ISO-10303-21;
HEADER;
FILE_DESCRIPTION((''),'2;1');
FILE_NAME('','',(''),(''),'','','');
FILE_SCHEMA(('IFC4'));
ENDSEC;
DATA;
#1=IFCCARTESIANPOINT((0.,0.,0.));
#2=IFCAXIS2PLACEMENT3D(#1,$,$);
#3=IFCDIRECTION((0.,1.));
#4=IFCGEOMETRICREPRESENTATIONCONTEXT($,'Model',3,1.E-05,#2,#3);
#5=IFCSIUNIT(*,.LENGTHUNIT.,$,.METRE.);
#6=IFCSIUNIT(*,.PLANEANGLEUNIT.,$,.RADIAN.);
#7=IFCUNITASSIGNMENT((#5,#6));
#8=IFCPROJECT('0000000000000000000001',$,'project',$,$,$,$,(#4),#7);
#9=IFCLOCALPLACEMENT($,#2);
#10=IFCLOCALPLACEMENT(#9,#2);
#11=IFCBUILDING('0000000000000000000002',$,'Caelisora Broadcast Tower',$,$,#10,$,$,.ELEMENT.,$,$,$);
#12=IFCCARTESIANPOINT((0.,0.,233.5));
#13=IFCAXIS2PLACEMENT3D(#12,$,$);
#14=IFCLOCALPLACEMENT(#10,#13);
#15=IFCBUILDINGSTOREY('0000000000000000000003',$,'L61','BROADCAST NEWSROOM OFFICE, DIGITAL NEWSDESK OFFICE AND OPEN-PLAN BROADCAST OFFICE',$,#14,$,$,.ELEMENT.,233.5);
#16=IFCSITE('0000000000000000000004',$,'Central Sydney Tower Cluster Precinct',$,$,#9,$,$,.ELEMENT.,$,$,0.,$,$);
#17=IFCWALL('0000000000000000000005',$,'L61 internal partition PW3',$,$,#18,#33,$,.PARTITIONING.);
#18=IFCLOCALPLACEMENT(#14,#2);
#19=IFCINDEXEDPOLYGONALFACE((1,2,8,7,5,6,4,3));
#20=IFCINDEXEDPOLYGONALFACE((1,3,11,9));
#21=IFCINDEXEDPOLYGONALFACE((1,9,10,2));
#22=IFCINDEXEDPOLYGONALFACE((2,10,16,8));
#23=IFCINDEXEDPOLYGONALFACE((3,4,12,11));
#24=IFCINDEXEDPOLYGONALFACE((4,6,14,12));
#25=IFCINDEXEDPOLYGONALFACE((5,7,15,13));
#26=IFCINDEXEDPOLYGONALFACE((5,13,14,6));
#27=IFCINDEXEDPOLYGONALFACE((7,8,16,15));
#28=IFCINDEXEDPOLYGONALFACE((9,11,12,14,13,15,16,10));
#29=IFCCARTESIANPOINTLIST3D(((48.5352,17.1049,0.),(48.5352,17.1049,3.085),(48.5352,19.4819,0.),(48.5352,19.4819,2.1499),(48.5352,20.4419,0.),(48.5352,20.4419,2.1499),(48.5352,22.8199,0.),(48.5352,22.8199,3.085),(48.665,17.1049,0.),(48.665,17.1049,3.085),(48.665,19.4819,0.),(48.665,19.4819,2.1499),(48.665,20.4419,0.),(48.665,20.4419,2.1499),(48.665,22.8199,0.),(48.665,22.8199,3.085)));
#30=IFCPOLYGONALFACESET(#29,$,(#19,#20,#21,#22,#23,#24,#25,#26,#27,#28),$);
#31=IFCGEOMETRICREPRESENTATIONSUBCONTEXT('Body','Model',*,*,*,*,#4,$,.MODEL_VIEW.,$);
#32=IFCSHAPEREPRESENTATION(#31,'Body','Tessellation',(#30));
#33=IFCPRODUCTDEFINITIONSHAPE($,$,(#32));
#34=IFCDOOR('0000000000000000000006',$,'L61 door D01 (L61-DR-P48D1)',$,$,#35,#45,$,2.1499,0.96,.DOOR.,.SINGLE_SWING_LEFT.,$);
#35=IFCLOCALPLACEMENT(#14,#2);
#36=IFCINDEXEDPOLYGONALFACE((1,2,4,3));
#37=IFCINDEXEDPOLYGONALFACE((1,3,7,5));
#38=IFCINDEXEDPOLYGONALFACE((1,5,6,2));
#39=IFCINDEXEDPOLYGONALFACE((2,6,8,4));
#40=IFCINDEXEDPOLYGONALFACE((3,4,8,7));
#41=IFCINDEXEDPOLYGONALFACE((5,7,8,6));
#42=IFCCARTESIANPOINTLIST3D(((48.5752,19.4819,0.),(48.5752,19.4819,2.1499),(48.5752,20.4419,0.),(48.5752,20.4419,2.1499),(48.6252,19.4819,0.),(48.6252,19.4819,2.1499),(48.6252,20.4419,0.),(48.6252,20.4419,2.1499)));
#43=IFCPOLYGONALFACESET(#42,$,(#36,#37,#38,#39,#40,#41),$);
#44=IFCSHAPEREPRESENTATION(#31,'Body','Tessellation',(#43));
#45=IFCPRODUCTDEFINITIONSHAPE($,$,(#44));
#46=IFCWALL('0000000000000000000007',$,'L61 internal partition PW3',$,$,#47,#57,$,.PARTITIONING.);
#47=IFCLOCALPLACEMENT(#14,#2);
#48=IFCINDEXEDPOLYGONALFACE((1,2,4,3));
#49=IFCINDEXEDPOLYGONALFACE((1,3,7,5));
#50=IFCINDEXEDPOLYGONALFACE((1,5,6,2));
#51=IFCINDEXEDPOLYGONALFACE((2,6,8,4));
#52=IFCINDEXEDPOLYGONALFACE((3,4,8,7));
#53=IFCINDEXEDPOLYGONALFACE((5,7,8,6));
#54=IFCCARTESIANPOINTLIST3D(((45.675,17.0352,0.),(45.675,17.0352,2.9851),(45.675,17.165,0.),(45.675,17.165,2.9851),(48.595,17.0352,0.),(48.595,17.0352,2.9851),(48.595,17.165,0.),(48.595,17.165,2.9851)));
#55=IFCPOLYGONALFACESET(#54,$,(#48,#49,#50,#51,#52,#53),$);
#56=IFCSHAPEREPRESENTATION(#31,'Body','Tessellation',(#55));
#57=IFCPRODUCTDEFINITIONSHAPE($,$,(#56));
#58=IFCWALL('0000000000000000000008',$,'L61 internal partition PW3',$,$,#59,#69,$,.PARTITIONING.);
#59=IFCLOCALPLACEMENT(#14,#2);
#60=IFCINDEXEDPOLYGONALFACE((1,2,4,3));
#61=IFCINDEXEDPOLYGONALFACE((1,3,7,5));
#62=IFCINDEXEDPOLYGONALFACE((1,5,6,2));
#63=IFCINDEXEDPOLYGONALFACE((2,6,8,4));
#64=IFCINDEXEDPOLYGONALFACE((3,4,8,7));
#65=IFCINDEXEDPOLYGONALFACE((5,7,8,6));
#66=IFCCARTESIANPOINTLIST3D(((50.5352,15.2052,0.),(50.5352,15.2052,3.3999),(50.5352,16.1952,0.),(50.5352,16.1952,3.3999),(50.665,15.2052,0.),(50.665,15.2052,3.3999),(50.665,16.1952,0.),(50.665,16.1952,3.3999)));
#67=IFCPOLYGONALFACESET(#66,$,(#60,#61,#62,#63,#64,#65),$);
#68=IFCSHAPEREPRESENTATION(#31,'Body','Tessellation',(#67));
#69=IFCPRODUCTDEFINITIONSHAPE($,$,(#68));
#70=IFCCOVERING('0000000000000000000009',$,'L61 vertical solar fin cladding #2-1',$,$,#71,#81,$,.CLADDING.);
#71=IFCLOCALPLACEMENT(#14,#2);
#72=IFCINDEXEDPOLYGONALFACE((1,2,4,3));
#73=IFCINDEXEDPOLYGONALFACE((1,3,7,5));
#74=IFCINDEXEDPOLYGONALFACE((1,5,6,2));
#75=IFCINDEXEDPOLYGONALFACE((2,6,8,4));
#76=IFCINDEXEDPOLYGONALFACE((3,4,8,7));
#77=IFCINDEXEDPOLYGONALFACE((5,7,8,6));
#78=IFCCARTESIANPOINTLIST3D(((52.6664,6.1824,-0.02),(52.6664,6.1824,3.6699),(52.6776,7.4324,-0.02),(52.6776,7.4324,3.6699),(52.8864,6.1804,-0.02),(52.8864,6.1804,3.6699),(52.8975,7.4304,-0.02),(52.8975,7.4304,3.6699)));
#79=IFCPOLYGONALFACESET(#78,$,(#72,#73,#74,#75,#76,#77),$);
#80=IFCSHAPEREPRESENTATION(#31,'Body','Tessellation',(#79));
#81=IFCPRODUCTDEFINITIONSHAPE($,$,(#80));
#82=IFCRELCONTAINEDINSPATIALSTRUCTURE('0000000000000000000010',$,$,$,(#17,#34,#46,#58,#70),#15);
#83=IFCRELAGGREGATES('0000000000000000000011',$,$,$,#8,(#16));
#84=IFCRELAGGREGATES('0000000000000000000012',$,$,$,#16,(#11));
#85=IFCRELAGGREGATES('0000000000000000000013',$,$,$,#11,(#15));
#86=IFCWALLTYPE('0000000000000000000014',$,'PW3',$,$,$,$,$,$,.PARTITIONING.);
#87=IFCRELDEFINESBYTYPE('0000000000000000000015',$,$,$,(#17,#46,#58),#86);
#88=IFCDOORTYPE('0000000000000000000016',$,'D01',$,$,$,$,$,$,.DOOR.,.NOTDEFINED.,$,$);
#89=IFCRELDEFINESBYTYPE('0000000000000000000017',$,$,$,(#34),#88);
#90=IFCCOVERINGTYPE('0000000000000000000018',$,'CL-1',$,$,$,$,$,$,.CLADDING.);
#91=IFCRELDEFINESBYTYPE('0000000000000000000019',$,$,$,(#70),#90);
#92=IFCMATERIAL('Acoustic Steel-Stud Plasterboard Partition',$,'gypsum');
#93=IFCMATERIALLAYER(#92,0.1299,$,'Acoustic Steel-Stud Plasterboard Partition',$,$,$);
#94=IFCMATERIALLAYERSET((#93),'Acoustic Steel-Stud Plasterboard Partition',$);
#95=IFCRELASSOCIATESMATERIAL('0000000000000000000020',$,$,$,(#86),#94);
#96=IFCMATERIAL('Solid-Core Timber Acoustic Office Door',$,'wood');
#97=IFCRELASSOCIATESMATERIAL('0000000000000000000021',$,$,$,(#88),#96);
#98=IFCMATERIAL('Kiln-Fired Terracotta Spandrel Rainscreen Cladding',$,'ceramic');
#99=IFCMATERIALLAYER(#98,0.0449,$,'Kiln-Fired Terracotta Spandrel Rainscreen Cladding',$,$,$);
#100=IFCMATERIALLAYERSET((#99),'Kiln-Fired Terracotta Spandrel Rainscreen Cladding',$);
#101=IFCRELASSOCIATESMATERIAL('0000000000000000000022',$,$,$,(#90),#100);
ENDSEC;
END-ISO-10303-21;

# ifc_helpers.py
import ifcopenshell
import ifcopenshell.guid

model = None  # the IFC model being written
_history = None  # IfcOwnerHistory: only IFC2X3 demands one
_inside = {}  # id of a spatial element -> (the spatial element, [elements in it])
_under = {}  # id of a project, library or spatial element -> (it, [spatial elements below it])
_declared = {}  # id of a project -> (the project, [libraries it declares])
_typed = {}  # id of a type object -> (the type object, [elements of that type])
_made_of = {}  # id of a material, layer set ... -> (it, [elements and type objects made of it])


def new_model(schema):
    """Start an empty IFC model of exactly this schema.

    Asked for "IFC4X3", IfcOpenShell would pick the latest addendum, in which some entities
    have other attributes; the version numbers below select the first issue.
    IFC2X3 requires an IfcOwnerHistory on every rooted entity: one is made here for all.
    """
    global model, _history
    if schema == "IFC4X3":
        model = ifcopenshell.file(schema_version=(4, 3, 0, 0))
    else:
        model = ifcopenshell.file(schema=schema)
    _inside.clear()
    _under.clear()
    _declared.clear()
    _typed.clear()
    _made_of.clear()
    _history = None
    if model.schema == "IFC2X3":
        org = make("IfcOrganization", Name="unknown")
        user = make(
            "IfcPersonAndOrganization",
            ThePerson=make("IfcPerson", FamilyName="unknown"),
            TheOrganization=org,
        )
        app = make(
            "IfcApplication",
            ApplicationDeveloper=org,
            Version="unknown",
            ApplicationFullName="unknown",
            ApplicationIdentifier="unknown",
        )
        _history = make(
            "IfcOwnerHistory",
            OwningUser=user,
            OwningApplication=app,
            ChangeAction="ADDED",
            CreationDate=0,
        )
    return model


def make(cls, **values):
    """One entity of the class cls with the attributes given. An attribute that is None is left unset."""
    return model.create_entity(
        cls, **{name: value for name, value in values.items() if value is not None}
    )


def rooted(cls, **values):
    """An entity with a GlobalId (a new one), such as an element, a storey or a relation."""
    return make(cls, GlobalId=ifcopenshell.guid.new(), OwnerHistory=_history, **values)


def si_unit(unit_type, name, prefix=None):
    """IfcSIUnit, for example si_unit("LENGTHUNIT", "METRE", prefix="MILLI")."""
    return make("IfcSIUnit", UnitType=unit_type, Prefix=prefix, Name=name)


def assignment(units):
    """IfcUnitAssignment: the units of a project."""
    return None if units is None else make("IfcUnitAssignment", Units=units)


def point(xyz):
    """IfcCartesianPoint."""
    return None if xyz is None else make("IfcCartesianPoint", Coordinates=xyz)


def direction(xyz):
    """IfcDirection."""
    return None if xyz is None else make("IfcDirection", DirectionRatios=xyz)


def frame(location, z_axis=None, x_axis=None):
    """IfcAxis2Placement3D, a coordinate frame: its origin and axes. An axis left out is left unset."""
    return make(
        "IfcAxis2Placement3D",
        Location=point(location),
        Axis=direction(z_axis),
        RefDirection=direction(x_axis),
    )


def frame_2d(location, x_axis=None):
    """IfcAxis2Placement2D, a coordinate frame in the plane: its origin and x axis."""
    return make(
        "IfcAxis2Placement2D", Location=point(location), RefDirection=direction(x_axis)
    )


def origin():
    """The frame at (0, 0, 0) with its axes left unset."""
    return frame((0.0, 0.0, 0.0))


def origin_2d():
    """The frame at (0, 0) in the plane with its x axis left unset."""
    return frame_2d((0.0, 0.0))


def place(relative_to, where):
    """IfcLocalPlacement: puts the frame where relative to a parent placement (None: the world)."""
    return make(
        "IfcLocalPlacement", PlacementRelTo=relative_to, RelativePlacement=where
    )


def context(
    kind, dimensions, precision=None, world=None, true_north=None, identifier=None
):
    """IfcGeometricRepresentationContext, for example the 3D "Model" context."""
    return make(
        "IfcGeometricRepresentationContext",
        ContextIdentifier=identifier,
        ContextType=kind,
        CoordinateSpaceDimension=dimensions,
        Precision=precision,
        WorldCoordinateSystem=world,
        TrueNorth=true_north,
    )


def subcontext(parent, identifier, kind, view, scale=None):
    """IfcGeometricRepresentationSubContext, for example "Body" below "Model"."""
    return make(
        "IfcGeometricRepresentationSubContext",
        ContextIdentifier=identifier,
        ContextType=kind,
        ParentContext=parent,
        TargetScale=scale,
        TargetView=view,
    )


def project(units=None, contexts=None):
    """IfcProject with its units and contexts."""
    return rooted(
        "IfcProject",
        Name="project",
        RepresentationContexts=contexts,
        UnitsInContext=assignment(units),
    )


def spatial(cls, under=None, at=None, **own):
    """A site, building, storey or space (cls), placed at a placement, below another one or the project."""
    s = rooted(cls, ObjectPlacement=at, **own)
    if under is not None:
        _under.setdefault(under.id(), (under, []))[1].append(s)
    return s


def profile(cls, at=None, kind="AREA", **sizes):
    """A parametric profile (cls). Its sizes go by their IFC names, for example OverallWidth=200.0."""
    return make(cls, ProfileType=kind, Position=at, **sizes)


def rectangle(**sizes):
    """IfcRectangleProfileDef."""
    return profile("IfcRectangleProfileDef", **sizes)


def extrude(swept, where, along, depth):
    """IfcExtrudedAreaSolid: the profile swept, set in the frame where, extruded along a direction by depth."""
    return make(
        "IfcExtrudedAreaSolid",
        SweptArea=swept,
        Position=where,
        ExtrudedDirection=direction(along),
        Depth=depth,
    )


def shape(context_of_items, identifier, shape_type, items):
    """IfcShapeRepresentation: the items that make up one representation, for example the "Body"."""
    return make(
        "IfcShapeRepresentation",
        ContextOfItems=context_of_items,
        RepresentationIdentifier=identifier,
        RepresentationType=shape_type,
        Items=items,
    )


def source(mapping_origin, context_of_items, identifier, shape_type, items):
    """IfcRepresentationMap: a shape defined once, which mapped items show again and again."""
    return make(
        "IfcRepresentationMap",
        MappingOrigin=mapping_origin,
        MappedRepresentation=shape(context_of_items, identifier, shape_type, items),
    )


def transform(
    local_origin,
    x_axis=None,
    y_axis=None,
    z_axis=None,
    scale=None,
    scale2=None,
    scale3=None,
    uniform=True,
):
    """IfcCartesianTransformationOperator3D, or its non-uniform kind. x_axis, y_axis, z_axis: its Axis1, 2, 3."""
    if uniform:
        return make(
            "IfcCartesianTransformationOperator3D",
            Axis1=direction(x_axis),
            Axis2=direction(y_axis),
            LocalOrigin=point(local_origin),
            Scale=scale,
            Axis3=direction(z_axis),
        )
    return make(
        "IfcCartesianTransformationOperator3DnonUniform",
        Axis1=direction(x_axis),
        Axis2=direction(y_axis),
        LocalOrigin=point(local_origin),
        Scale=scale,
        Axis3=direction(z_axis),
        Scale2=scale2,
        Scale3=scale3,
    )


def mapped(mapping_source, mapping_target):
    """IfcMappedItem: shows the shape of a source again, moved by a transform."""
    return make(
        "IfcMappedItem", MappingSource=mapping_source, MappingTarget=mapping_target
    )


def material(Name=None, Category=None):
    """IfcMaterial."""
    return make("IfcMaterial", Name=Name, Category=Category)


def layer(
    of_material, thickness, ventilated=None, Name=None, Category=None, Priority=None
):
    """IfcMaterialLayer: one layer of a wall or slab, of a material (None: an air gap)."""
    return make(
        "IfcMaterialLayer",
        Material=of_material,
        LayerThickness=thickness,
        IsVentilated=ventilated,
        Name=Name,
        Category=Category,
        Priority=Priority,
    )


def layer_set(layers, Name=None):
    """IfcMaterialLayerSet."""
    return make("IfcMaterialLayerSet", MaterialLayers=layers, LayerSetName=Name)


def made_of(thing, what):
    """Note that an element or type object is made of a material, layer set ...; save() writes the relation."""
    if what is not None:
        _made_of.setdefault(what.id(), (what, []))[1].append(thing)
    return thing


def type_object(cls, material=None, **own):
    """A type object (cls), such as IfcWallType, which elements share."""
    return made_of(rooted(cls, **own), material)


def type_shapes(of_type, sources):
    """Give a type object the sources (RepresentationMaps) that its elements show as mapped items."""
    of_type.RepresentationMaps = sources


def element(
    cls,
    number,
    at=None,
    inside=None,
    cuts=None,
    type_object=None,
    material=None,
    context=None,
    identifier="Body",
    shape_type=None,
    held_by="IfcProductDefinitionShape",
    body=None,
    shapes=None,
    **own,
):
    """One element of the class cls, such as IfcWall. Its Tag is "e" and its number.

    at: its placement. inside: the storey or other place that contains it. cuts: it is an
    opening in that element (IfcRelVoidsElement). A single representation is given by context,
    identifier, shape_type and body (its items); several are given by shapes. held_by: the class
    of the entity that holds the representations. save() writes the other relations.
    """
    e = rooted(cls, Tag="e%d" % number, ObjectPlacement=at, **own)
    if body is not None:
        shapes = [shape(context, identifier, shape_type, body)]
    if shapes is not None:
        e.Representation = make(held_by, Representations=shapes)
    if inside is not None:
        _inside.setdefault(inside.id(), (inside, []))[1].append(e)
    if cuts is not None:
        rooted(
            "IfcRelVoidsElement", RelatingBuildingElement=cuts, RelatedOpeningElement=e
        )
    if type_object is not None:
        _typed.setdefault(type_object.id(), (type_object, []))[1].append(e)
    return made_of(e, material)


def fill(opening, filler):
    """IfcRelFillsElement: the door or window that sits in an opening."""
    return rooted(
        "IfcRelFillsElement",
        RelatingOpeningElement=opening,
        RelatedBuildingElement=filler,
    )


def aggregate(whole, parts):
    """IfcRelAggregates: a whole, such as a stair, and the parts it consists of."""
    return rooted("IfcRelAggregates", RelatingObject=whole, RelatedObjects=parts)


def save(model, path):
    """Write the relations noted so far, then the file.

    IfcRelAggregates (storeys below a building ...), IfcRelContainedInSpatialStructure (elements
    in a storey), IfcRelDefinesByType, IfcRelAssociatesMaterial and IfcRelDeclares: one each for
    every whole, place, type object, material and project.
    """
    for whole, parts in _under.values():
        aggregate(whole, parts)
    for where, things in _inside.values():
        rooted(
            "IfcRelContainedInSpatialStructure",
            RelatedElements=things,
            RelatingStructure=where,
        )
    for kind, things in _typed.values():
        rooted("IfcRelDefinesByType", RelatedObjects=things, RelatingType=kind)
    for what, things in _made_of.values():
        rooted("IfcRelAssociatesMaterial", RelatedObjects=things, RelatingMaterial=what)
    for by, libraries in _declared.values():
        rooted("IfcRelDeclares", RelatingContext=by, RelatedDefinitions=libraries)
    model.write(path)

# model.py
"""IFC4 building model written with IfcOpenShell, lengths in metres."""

from ifc_helpers import new_model, si_unit, direction, frame, frame_2d, origin, origin_2d, place, context, subcontext, project, spatial, rectangle, extrude, source, transform, mapped, material, layer, layer_set, type_object, type_shapes, element, fill, save


model = new_model("IFC4")

# Units and contexts
model_context = context("Model", 3, precision=1e-05, world=origin(), true_north=direction((0.0, 1.0)))
body_context = subcontext(model_context, "Body", "Model", "MODEL_VIEW")
ifc_project = project(units=[si_unit("LENGTHUNIT", "METRE"), si_unit("PLANEANGLEUNIT", "RADIAN")], contexts=[model_context])

# Site, building, storey
site_placement = place(None, origin())
site = spatial("IfcSite", under=ifc_project, at=site_placement, Name="Central Sydney Tower Cluster Precinct", CompositionType="ELEMENT", RefElevation=0.0)
building_placement = place(site_placement, origin())
building = spatial("IfcBuilding", under=site, at=building_placement, Name="Caelisora Broadcast Tower", CompositionType="ELEMENT")
storey_placement = place(building_placement, frame((0.0, 0.0, 233.5)))
storey = spatial("IfcBuildingStorey", under=building, at=storey_placement, Name="L61", Description="BROADCAST NEWSROOM OFFICE, DIGITAL NEWSDESK OFFICE AND OPEN-PLAN BROADCAST OFFICE", CompositionType="ELEMENT", Elevation=233.5)

# Shared definitions
ifc_material_1 = material(Name="Acoustic Steel-Stud Plasterboard Partition", Category="gypsum")
ifc_layer_1 = layer(ifc_material_1, 0.1299, Name="Acoustic Steel-Stud Plasterboard Partition")
ifc_layer_set_1 = layer_set([ifc_layer_1], Name="Acoustic Steel-Stud Plasterboard Partition")
wall_type = type_object("IfcWallType", Name="PW3", PredefinedType="PARTITIONING", material=ifc_layer_set_1)

# Wall, opening, door
ifc_material_2 = material(Name="Solid-Core Timber Acoustic Office Door", Category="wood")
door_type = type_object("IfcDoorType", Name="D01", OperationType="NOTDEFINED", PredefinedType="DOOR", material=ifc_material_2)
wall_1_placement = place(storey_placement, frame((48.6001, 17.105, 0.0), z_axis=(0.0, 0.0, 1.0), x_axis=(0.0, 1.0, 0.0)))
wall_1 = element("IfcWall", 1, at=wall_1_placement, inside=storey, type_object=wall_type, Name="L61 internal partition PW3", PredefinedType="PARTITIONING", context=body_context, shape_type="SweptSolid", body=[
    extrude(rectangle(XDim=5.7151, YDim=0.1299, at=frame_2d((2.8574, 0.0))), origin(), (0.0, 0.0, 1.0), 3.085),
])
opening_1_placement = place(wall_1_placement, frame((2.377, 0.0, 0.0)))
opening_1 = element("IfcOpeningElement", 2, at=opening_1_placement, cuts=wall_1, PredefinedType="OPENING", context=body_context, shape_type="SweptSolid", body=[
    extrude(rectangle(XDim=0.96, YDim=2.1499, at=frame_2d((0.48, 1.075))), frame((0.0, 0.0769, 0.0), z_axis=(0.0, -1.0, 0.0), x_axis=(1.0, 0.0, 0.0)), (0.0, 0.0, 1.0), 0.1538),
])
door_1_placement = place(opening_1_placement, origin())
door_1 = element("IfcDoor", 3, at=door_1_placement, inside=storey, type_object=door_type, Name="L61 door D01 (L61-DR-P48D1)", OperationType="SINGLE_SWING_LEFT", OverallHeight=2.1499, OverallWidth=0.96, PredefinedType="DOOR", context=body_context, shape_type="SweptSolid", body=[
    extrude(rectangle(XDim=0.96, YDim=2.1499, at=frame_2d((0.48, 1.075))), frame((0.0, 0.0249, 0.0), z_axis=(0.0, -1.0, 0.0), x_axis=(1.0, 0.0, 0.0)), (0.0, 0.0, 1.0), 0.05),
])
fill(opening_1, door_1)

# Walls
wall_2_placement = place(storey_placement, frame((45.675, 17.1001, 0.0), z_axis=(0.0, 0.0, 1.0), x_axis=(1.0, 0.0, 0.0)))
element("IfcWall", 4, at=wall_2_placement, inside=storey, type_object=wall_type, Name="L61 internal partition PW3", PredefinedType="PARTITIONING", context=body_context, shape_type="SweptSolid", body=[
    extrude(rectangle(XDim=2.9199, YDim=0.1299, at=frame_2d((1.46, 0.0))), origin(), (0.0, 0.0, 1.0), 2.9851),
])
wall_3_placement = place(storey_placement, frame((50.6001, 15.2051, 0.0), z_axis=(0.0, 0.0, 1.0), x_axis=(0.0, 1.0, 0.0)))
element("IfcWall", 5, at=wall_3_placement, inside=storey, type_object=wall_type, Name="L61 internal partition PW3", PredefinedType="PARTITIONING", context=body_context, shape_type="SweptSolid", body=[
    extrude(rectangle(XDim=0.99, YDim=0.1299, at=frame_2d((0.4951, 0.0))), origin(), (0.0, 0.0, 1.0), 3.3999),
])

# Covering
ifc_material_3 = material(Name="Kiln-Fired Terracotta Spandrel Rainscreen Cladding", Category="ceramic")
ifc_layer_2 = layer(ifc_material_3, 0.0449, Name="Kiln-Fired Terracotta Spandrel Rainscreen Cladding")
ifc_layer_set_2 = layer_set([ifc_layer_2], Name="Kiln-Fired Terracotta Spandrel Rainscreen Cladding")
covering_type = type_object("IfcCoveringType", Name="CL-1", PredefinedType="CLADDING", material=ifc_layer_set_2)
shared_shape_1 = source(origin(), body_context, "Body", "SweptSolid", [
    extrude(rectangle(XDim=0.22, YDim=1.25, at=origin_2d()), origin(), (0.0, 0.0, 1.0), 3.6899),
])
type_shapes(covering_type, [shared_shape_1])
covering_placement = place(storey_placement, frame((52.782, 6.8064, -0.02), z_axis=(0.0, 0.0, 1.0), x_axis=(-0.99996, 0.008901, 0.0)))
element("IfcCovering", 6, at=covering_placement, inside=storey, type_object=covering_type, Name="L61 vertical solar fin cladding #2-1", PredefinedType="CLADDING", context=body_context, shape_type="MappedRepresentation", body=[
    mapped(shared_shape_1, transform((0.0, 0.0, 0.0), scale=1.0)),
])

save(model, "model.ifc")
